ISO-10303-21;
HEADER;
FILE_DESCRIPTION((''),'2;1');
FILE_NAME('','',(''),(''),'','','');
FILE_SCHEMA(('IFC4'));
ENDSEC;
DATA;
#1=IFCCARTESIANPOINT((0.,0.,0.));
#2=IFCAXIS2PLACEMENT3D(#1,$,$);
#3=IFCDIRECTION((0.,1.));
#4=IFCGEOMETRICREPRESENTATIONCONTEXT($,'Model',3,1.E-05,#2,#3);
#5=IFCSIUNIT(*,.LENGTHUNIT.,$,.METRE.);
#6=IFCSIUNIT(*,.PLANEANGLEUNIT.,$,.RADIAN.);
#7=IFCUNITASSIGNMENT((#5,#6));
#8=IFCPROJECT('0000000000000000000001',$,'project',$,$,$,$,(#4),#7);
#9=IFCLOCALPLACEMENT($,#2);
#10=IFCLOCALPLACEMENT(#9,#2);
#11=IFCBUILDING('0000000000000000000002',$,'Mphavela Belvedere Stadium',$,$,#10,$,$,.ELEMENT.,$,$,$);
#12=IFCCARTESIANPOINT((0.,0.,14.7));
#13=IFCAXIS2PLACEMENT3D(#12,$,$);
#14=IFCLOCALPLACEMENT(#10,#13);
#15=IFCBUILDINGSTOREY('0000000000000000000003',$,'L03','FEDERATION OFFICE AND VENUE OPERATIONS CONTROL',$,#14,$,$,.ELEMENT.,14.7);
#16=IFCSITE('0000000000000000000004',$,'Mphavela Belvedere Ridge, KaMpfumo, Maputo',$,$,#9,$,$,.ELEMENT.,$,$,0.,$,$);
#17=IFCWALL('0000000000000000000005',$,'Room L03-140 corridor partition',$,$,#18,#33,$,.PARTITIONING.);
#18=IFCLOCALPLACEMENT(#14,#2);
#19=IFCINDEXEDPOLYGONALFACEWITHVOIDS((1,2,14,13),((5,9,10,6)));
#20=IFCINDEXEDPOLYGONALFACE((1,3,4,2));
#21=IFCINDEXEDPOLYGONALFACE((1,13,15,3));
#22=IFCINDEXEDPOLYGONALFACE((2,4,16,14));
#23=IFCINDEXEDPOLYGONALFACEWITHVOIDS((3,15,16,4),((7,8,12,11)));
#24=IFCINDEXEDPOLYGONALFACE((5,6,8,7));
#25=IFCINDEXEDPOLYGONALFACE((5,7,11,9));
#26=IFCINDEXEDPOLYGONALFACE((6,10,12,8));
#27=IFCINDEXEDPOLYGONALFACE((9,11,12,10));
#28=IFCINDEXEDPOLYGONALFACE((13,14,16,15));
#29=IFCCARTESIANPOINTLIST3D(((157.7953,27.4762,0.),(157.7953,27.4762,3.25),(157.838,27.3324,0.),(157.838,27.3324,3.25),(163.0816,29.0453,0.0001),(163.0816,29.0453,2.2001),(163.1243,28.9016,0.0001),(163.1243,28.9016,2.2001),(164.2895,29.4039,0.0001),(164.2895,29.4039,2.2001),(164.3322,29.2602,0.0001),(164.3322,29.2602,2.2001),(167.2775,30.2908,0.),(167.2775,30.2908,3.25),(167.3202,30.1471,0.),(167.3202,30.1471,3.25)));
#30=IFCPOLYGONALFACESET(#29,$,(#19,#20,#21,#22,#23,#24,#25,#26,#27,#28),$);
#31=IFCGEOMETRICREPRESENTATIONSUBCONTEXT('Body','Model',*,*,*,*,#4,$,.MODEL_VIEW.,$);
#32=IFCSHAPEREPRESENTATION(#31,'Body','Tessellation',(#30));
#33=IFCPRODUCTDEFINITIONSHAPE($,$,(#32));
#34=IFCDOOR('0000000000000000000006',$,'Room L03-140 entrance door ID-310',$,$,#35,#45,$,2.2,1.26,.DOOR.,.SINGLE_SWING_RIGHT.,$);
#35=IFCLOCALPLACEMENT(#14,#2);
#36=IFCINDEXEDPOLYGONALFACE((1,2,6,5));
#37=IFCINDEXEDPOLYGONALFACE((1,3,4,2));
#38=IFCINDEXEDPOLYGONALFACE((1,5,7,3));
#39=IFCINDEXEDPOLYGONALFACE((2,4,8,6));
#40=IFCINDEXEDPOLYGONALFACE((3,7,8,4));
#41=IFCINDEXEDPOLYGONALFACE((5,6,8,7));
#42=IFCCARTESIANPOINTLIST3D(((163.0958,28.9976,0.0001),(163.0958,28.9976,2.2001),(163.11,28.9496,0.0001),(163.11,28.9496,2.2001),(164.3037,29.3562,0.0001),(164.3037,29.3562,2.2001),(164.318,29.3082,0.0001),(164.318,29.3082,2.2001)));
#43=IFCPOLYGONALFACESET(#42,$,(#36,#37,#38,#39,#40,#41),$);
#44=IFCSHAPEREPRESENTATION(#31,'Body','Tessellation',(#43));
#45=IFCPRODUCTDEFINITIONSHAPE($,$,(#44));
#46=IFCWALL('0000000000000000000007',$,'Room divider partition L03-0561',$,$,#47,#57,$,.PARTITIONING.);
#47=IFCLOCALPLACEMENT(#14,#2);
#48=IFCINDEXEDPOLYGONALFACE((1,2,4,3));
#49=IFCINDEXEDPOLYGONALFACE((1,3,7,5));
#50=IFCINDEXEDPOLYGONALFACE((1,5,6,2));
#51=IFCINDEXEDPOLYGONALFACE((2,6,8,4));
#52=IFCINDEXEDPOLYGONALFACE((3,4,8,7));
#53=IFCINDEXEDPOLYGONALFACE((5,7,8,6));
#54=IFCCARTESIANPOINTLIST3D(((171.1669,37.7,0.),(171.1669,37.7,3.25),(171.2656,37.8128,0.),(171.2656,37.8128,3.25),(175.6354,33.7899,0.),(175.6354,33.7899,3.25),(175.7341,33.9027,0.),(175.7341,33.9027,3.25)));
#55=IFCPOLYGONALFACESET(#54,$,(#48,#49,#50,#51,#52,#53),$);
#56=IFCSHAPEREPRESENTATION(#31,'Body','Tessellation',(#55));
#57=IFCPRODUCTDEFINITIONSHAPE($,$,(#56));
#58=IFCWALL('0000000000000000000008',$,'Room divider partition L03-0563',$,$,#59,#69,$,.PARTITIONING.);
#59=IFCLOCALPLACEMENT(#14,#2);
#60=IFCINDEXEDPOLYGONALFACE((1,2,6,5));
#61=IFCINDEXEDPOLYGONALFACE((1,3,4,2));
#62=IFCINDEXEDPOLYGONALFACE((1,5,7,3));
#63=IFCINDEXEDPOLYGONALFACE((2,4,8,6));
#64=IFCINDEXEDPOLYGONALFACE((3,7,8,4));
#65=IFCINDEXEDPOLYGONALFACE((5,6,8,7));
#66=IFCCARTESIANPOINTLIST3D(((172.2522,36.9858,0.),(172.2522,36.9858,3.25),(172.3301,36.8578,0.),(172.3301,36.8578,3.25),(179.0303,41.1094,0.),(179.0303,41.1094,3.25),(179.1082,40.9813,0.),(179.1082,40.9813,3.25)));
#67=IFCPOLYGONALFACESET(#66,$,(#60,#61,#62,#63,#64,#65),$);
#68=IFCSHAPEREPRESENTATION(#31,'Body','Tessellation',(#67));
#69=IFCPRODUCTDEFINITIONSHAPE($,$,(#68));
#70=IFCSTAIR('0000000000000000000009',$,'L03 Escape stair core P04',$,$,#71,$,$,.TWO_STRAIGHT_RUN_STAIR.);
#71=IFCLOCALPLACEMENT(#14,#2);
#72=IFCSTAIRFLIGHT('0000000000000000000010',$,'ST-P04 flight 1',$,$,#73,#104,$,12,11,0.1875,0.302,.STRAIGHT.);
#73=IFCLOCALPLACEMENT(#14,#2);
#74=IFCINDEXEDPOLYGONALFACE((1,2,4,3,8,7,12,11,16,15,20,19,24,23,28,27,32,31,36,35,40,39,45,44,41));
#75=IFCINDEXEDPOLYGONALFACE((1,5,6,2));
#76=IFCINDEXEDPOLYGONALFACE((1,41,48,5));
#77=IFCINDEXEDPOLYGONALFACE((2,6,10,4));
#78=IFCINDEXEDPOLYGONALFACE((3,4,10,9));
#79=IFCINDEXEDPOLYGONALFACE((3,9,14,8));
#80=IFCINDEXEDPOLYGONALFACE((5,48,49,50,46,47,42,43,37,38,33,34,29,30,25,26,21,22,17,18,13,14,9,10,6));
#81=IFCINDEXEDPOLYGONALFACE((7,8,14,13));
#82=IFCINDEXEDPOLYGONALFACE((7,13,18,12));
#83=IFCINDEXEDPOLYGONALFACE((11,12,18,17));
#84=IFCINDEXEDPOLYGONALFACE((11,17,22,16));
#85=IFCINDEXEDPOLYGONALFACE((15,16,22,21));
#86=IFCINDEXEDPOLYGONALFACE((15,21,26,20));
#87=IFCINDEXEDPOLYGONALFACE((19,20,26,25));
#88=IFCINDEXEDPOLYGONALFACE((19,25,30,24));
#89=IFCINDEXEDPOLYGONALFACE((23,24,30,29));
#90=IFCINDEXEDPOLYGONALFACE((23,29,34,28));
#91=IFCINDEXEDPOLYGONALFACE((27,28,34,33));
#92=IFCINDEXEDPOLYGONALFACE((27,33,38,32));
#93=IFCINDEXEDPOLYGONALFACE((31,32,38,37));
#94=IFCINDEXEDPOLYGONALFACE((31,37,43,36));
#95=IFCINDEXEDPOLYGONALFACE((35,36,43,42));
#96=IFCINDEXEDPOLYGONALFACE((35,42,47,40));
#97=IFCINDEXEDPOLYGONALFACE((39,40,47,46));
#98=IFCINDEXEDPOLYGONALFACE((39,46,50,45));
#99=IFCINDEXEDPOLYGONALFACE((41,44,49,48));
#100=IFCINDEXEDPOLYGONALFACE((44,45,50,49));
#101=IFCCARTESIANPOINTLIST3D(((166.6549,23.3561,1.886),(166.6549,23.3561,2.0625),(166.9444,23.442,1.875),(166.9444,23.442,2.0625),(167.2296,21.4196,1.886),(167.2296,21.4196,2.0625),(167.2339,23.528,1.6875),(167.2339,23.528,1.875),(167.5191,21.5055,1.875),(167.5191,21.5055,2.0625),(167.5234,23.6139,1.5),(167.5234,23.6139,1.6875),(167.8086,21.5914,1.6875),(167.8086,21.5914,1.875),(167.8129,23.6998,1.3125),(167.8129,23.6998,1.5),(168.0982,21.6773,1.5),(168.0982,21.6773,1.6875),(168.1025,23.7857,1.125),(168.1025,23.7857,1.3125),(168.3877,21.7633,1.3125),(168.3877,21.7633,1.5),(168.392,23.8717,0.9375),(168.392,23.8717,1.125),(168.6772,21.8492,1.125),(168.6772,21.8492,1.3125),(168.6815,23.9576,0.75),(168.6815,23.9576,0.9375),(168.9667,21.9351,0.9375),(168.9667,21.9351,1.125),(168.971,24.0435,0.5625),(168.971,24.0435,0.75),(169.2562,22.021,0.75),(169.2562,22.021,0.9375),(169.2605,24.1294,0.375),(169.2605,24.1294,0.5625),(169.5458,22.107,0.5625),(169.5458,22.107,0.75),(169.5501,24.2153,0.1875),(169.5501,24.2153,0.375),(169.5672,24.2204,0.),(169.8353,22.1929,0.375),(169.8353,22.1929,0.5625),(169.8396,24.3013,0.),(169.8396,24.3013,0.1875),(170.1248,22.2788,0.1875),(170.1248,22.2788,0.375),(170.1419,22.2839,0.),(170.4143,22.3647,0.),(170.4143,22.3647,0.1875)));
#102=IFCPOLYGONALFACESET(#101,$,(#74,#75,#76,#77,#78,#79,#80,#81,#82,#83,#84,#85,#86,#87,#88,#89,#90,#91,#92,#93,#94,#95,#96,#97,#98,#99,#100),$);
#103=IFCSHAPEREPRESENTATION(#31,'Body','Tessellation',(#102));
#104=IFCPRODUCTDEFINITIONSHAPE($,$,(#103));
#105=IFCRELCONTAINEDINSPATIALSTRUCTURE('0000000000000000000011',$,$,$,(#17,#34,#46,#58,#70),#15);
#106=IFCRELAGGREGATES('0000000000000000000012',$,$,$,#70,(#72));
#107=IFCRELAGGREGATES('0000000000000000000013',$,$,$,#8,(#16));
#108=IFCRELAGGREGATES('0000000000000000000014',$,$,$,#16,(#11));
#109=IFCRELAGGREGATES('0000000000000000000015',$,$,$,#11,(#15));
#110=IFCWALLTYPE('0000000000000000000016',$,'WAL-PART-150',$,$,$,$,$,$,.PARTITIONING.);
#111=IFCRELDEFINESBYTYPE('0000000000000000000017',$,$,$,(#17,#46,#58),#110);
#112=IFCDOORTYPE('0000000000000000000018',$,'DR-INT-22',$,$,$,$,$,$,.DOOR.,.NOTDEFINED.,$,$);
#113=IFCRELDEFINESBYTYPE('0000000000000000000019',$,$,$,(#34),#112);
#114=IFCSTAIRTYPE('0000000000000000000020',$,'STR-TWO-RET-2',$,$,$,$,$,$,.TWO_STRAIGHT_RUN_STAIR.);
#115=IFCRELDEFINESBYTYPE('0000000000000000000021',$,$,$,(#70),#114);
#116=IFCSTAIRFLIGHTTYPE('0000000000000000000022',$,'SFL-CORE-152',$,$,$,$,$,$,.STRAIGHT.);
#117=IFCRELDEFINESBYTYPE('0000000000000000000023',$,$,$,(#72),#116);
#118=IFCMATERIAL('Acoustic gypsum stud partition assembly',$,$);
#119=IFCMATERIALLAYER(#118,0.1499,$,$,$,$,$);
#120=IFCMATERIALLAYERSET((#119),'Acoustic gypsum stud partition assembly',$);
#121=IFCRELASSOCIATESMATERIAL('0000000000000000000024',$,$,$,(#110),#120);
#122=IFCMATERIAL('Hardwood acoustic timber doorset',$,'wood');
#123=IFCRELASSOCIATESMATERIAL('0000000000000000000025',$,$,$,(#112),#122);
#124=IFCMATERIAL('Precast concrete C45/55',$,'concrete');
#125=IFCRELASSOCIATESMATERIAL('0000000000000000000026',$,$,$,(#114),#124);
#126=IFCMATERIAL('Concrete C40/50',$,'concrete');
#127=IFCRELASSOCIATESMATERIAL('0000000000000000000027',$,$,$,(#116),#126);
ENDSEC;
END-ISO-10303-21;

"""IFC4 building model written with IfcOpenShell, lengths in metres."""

from ifc_helpers import new_model, si_unit, direction, frame, frame_2d, origin, place, context, subcontext, project, spatial, polyline, rectangle, outline, extrude, material, layer, layer_set, type_object, element, fill, aggregate, save


model = new_model("IFC4")

# Units and contexts
model_context = context("Model", 3, precision=1e-05, world=origin(), true_north=direction((0.0, 1.0)))
body_context = subcontext(model_context, "Body", "Model", "MODEL_VIEW")
ifc_project = project(units=[si_unit("LENGTHUNIT", "METRE"), si_unit("PLANEANGLEUNIT", "RADIAN")], contexts=[model_context])

# Site, building, storey
site_placement = place(None, origin())
site = spatial("IfcSite", under=ifc_project, at=site_placement, Name="Mphavela Belvedere Ridge, KaMpfumo, Maputo", CompositionType="ELEMENT", RefElevation=0.0)
building_placement = place(site_placement, origin())
building = spatial("IfcBuilding", under=site, at=building_placement, Name="Mphavela Belvedere Stadium", CompositionType="ELEMENT")
storey_placement = place(building_placement, frame((0.0, 0.0, 14.7)))
storey = spatial("IfcBuildingStorey", under=building, at=storey_placement, Name="L03", Description="FEDERATION OFFICE AND VENUE OPERATIONS CONTROL", CompositionType="ELEMENT", Elevation=14.7)

# Wall, opening, door
ifc_material_1 = material(Name="Acoustic gypsum stud partition assembly")
ifc_layer_1 = layer(ifc_material_1, 0.1499)
ifc_layer_set_1 = layer_set([ifc_layer_1], Name="Acoustic gypsum stud partition assembly")
wall_type_1 = type_object("IfcWallType", Name="WAL-PART-150", PredefinedType="PARTITIONING", material=ifc_layer_set_1)
wall_1_placement = place(storey_placement, frame((167.2988, 30.219, 0.0), z_axis=(0.0, 0.0, 1.0), x_axis=(-0.958656, -0.284568, 0.0)))
wall_1 = element("IfcWall", 1, at=wall_1_placement, inside=storey, type_object=wall_type_1, Name="Room L03-140 corridor partition", PredefinedType="PARTITIONING", context=body_context, shape_type="SweptSolid", body=[
    extrude(rectangle(XDim=9.8911, YDim=0.1499, at=frame_2d((4.9456, 0.0))), origin(), (0.0, 0.0, 1.0), 3.25),
])
opening_1_placement = place(wall_1_placement, frame((3.1169, 0.0, 0.0)))
opening_1 = element("IfcOpeningElement", 2, at=opening_1_placement, cuts=wall_1, PredefinedType="OPENING", context=body_context, shape_type="SweptSolid", body=[
    extrude(rectangle(XDim=1.26, YDim=2.2, at=frame_2d((0.6299, 1.1001))), frame((0.0, 0.085, 0.0), z_axis=(0.0, -1.0, 0.0), x_axis=(1.0, 0.0, 0.0)), (0.0, 0.0, 1.0), 0.1699),
])
ifc_material_2 = material(Name="Hardwood acoustic timber doorset", Category="wood")
door_type_1 = type_object("IfcDoorType", Name="DR-INT-22", OperationType="NOTDEFINED", PredefinedType="DOOR", material=ifc_material_2)
door_1_placement = place(opening_1_placement, origin())
door_1 = element("IfcDoor", 3, at=door_1_placement, inside=storey, type_object=door_type_1, Name="Room L03-140 entrance door ID-310", OperationType="SINGLE_SWING_RIGHT", OverallHeight=2.2, OverallWidth=1.26, PredefinedType="DOOR", context=body_context, shape_type="SweptSolid", body=[
    extrude(rectangle(XDim=1.26, YDim=2.2, at=frame_2d((0.6299, 1.1001))), frame((0.0, 0.0249, 0.0), z_axis=(0.0, -1.0, 0.0), x_axis=(1.0, 0.0, 0.0)), (0.0, 0.0, 1.0), 0.05),
])
fill(opening_1, door_1)

# Walls
wall_2_placement = place(storey_placement, frame((171.2163, 37.7563, 0.0), z_axis=(0.0, 0.0, 1.0), x_axis=(0.752559, -0.658525, 0.0)))
element("IfcWall", 4, at=wall_2_placement, inside=storey, type_object=wall_type_1, Name="Room divider partition L03-0561", PredefinedType="PARTITIONING", context=body_context, shape_type="SweptSolid", body=[
    extrude(rectangle(XDim=5.9377, YDim=0.1499, at=frame_2d((2.9688, 0.0))), origin(), (0.0, 0.0, 1.0), 3.25),
])
wall_3_placement = place(storey_placement, frame((172.2913, 36.9219, 0.0), z_axis=(0.0, 0.0, 1.0), x_axis=(0.854325, 0.51974, 0.0)))
element("IfcWall", 5, at=wall_3_placement, inside=storey, type_object=wall_type_1, Name="Room divider partition L03-0563", PredefinedType="PARTITIONING", context=body_context, shape_type="SweptSolid", body=[
    extrude(rectangle(XDim=7.9338, YDim=0.1499, at=frame_2d((3.9668, 0.0))), origin(), (0.0, 0.0, 1.0), 3.25),
])

# Stair, stair flight
ifc_material_3 = material(Name="Precast concrete C45/55", Category="concrete")
stair_type = type_object("IfcStairType", Name="STR-TWO-RET-2", PredefinedType="TWO_STRAIGHT_RUN_STAIR", material=ifc_material_3)
stair_placement = place(storey_placement, origin())
stair = element("IfcStair", 6, at=stair_placement, inside=storey, type_object=stair_type, Name="L03 Escape stair core P04", PredefinedType="TWO_STRAIGHT_RUN_STAIR")
ifc_material_4 = material(Name="Concrete C40/50", Category="concrete")
stair_flight_type = type_object("IfcStairFlightType", Name="SFL-CORE-152", PredefinedType="STRAIGHT", material=ifc_material_4)
stair_flight_placement = place(storey_placement, frame((170.127, 23.333, 0.0), z_axis=(0.0, 0.0, 1.0), x_axis=(-0.958671, -0.284517, 0.0)))
stair_flight = element("IfcStairFlight", 7, at=stair_flight_placement, type_object=stair_flight_type, Name="ST-P04 flight 1", NumberOfRisers=12, NumberOfTreads=11, PredefinedType="STRAIGHT", RiserHeight=0.1875, TreadLength=0.302, context=body_context, shape_type="SweptSolid", body=[
    extrude(outline(polyline([(0.0, 0.0), (0.0, 0.1875), (0.302, 0.1875), (0.302, 0.375), (0.604, 0.375), (0.604, 0.5625), (0.906, 0.5625), (0.906, 0.75), (1.208, 0.75), (1.208, 0.9375), (1.51, 0.9375), (1.51, 1.125), (1.812, 1.125), (1.812, 1.3125), (2.114, 1.3125), (2.114, 1.5), (2.416, 1.5), (2.416, 1.6875), (2.718, 1.6875), (2.718, 1.875), (3.02, 1.875), (3.02, 2.0625), (3.322, 2.0625), (3.322, 2.25), (3.322, 1.886), (0.2842, 0.0), (0.0, 0.0)])), frame((0.0, 1.01, 0.0), z_axis=(0.0, -1.0, 0.0), x_axis=(1.0, 0.0, 0.0)), (0.0, 0.0, 1.0), 2.02),
])
aggregate(stair, [stair_flight])

save(model, "model.ifc")
